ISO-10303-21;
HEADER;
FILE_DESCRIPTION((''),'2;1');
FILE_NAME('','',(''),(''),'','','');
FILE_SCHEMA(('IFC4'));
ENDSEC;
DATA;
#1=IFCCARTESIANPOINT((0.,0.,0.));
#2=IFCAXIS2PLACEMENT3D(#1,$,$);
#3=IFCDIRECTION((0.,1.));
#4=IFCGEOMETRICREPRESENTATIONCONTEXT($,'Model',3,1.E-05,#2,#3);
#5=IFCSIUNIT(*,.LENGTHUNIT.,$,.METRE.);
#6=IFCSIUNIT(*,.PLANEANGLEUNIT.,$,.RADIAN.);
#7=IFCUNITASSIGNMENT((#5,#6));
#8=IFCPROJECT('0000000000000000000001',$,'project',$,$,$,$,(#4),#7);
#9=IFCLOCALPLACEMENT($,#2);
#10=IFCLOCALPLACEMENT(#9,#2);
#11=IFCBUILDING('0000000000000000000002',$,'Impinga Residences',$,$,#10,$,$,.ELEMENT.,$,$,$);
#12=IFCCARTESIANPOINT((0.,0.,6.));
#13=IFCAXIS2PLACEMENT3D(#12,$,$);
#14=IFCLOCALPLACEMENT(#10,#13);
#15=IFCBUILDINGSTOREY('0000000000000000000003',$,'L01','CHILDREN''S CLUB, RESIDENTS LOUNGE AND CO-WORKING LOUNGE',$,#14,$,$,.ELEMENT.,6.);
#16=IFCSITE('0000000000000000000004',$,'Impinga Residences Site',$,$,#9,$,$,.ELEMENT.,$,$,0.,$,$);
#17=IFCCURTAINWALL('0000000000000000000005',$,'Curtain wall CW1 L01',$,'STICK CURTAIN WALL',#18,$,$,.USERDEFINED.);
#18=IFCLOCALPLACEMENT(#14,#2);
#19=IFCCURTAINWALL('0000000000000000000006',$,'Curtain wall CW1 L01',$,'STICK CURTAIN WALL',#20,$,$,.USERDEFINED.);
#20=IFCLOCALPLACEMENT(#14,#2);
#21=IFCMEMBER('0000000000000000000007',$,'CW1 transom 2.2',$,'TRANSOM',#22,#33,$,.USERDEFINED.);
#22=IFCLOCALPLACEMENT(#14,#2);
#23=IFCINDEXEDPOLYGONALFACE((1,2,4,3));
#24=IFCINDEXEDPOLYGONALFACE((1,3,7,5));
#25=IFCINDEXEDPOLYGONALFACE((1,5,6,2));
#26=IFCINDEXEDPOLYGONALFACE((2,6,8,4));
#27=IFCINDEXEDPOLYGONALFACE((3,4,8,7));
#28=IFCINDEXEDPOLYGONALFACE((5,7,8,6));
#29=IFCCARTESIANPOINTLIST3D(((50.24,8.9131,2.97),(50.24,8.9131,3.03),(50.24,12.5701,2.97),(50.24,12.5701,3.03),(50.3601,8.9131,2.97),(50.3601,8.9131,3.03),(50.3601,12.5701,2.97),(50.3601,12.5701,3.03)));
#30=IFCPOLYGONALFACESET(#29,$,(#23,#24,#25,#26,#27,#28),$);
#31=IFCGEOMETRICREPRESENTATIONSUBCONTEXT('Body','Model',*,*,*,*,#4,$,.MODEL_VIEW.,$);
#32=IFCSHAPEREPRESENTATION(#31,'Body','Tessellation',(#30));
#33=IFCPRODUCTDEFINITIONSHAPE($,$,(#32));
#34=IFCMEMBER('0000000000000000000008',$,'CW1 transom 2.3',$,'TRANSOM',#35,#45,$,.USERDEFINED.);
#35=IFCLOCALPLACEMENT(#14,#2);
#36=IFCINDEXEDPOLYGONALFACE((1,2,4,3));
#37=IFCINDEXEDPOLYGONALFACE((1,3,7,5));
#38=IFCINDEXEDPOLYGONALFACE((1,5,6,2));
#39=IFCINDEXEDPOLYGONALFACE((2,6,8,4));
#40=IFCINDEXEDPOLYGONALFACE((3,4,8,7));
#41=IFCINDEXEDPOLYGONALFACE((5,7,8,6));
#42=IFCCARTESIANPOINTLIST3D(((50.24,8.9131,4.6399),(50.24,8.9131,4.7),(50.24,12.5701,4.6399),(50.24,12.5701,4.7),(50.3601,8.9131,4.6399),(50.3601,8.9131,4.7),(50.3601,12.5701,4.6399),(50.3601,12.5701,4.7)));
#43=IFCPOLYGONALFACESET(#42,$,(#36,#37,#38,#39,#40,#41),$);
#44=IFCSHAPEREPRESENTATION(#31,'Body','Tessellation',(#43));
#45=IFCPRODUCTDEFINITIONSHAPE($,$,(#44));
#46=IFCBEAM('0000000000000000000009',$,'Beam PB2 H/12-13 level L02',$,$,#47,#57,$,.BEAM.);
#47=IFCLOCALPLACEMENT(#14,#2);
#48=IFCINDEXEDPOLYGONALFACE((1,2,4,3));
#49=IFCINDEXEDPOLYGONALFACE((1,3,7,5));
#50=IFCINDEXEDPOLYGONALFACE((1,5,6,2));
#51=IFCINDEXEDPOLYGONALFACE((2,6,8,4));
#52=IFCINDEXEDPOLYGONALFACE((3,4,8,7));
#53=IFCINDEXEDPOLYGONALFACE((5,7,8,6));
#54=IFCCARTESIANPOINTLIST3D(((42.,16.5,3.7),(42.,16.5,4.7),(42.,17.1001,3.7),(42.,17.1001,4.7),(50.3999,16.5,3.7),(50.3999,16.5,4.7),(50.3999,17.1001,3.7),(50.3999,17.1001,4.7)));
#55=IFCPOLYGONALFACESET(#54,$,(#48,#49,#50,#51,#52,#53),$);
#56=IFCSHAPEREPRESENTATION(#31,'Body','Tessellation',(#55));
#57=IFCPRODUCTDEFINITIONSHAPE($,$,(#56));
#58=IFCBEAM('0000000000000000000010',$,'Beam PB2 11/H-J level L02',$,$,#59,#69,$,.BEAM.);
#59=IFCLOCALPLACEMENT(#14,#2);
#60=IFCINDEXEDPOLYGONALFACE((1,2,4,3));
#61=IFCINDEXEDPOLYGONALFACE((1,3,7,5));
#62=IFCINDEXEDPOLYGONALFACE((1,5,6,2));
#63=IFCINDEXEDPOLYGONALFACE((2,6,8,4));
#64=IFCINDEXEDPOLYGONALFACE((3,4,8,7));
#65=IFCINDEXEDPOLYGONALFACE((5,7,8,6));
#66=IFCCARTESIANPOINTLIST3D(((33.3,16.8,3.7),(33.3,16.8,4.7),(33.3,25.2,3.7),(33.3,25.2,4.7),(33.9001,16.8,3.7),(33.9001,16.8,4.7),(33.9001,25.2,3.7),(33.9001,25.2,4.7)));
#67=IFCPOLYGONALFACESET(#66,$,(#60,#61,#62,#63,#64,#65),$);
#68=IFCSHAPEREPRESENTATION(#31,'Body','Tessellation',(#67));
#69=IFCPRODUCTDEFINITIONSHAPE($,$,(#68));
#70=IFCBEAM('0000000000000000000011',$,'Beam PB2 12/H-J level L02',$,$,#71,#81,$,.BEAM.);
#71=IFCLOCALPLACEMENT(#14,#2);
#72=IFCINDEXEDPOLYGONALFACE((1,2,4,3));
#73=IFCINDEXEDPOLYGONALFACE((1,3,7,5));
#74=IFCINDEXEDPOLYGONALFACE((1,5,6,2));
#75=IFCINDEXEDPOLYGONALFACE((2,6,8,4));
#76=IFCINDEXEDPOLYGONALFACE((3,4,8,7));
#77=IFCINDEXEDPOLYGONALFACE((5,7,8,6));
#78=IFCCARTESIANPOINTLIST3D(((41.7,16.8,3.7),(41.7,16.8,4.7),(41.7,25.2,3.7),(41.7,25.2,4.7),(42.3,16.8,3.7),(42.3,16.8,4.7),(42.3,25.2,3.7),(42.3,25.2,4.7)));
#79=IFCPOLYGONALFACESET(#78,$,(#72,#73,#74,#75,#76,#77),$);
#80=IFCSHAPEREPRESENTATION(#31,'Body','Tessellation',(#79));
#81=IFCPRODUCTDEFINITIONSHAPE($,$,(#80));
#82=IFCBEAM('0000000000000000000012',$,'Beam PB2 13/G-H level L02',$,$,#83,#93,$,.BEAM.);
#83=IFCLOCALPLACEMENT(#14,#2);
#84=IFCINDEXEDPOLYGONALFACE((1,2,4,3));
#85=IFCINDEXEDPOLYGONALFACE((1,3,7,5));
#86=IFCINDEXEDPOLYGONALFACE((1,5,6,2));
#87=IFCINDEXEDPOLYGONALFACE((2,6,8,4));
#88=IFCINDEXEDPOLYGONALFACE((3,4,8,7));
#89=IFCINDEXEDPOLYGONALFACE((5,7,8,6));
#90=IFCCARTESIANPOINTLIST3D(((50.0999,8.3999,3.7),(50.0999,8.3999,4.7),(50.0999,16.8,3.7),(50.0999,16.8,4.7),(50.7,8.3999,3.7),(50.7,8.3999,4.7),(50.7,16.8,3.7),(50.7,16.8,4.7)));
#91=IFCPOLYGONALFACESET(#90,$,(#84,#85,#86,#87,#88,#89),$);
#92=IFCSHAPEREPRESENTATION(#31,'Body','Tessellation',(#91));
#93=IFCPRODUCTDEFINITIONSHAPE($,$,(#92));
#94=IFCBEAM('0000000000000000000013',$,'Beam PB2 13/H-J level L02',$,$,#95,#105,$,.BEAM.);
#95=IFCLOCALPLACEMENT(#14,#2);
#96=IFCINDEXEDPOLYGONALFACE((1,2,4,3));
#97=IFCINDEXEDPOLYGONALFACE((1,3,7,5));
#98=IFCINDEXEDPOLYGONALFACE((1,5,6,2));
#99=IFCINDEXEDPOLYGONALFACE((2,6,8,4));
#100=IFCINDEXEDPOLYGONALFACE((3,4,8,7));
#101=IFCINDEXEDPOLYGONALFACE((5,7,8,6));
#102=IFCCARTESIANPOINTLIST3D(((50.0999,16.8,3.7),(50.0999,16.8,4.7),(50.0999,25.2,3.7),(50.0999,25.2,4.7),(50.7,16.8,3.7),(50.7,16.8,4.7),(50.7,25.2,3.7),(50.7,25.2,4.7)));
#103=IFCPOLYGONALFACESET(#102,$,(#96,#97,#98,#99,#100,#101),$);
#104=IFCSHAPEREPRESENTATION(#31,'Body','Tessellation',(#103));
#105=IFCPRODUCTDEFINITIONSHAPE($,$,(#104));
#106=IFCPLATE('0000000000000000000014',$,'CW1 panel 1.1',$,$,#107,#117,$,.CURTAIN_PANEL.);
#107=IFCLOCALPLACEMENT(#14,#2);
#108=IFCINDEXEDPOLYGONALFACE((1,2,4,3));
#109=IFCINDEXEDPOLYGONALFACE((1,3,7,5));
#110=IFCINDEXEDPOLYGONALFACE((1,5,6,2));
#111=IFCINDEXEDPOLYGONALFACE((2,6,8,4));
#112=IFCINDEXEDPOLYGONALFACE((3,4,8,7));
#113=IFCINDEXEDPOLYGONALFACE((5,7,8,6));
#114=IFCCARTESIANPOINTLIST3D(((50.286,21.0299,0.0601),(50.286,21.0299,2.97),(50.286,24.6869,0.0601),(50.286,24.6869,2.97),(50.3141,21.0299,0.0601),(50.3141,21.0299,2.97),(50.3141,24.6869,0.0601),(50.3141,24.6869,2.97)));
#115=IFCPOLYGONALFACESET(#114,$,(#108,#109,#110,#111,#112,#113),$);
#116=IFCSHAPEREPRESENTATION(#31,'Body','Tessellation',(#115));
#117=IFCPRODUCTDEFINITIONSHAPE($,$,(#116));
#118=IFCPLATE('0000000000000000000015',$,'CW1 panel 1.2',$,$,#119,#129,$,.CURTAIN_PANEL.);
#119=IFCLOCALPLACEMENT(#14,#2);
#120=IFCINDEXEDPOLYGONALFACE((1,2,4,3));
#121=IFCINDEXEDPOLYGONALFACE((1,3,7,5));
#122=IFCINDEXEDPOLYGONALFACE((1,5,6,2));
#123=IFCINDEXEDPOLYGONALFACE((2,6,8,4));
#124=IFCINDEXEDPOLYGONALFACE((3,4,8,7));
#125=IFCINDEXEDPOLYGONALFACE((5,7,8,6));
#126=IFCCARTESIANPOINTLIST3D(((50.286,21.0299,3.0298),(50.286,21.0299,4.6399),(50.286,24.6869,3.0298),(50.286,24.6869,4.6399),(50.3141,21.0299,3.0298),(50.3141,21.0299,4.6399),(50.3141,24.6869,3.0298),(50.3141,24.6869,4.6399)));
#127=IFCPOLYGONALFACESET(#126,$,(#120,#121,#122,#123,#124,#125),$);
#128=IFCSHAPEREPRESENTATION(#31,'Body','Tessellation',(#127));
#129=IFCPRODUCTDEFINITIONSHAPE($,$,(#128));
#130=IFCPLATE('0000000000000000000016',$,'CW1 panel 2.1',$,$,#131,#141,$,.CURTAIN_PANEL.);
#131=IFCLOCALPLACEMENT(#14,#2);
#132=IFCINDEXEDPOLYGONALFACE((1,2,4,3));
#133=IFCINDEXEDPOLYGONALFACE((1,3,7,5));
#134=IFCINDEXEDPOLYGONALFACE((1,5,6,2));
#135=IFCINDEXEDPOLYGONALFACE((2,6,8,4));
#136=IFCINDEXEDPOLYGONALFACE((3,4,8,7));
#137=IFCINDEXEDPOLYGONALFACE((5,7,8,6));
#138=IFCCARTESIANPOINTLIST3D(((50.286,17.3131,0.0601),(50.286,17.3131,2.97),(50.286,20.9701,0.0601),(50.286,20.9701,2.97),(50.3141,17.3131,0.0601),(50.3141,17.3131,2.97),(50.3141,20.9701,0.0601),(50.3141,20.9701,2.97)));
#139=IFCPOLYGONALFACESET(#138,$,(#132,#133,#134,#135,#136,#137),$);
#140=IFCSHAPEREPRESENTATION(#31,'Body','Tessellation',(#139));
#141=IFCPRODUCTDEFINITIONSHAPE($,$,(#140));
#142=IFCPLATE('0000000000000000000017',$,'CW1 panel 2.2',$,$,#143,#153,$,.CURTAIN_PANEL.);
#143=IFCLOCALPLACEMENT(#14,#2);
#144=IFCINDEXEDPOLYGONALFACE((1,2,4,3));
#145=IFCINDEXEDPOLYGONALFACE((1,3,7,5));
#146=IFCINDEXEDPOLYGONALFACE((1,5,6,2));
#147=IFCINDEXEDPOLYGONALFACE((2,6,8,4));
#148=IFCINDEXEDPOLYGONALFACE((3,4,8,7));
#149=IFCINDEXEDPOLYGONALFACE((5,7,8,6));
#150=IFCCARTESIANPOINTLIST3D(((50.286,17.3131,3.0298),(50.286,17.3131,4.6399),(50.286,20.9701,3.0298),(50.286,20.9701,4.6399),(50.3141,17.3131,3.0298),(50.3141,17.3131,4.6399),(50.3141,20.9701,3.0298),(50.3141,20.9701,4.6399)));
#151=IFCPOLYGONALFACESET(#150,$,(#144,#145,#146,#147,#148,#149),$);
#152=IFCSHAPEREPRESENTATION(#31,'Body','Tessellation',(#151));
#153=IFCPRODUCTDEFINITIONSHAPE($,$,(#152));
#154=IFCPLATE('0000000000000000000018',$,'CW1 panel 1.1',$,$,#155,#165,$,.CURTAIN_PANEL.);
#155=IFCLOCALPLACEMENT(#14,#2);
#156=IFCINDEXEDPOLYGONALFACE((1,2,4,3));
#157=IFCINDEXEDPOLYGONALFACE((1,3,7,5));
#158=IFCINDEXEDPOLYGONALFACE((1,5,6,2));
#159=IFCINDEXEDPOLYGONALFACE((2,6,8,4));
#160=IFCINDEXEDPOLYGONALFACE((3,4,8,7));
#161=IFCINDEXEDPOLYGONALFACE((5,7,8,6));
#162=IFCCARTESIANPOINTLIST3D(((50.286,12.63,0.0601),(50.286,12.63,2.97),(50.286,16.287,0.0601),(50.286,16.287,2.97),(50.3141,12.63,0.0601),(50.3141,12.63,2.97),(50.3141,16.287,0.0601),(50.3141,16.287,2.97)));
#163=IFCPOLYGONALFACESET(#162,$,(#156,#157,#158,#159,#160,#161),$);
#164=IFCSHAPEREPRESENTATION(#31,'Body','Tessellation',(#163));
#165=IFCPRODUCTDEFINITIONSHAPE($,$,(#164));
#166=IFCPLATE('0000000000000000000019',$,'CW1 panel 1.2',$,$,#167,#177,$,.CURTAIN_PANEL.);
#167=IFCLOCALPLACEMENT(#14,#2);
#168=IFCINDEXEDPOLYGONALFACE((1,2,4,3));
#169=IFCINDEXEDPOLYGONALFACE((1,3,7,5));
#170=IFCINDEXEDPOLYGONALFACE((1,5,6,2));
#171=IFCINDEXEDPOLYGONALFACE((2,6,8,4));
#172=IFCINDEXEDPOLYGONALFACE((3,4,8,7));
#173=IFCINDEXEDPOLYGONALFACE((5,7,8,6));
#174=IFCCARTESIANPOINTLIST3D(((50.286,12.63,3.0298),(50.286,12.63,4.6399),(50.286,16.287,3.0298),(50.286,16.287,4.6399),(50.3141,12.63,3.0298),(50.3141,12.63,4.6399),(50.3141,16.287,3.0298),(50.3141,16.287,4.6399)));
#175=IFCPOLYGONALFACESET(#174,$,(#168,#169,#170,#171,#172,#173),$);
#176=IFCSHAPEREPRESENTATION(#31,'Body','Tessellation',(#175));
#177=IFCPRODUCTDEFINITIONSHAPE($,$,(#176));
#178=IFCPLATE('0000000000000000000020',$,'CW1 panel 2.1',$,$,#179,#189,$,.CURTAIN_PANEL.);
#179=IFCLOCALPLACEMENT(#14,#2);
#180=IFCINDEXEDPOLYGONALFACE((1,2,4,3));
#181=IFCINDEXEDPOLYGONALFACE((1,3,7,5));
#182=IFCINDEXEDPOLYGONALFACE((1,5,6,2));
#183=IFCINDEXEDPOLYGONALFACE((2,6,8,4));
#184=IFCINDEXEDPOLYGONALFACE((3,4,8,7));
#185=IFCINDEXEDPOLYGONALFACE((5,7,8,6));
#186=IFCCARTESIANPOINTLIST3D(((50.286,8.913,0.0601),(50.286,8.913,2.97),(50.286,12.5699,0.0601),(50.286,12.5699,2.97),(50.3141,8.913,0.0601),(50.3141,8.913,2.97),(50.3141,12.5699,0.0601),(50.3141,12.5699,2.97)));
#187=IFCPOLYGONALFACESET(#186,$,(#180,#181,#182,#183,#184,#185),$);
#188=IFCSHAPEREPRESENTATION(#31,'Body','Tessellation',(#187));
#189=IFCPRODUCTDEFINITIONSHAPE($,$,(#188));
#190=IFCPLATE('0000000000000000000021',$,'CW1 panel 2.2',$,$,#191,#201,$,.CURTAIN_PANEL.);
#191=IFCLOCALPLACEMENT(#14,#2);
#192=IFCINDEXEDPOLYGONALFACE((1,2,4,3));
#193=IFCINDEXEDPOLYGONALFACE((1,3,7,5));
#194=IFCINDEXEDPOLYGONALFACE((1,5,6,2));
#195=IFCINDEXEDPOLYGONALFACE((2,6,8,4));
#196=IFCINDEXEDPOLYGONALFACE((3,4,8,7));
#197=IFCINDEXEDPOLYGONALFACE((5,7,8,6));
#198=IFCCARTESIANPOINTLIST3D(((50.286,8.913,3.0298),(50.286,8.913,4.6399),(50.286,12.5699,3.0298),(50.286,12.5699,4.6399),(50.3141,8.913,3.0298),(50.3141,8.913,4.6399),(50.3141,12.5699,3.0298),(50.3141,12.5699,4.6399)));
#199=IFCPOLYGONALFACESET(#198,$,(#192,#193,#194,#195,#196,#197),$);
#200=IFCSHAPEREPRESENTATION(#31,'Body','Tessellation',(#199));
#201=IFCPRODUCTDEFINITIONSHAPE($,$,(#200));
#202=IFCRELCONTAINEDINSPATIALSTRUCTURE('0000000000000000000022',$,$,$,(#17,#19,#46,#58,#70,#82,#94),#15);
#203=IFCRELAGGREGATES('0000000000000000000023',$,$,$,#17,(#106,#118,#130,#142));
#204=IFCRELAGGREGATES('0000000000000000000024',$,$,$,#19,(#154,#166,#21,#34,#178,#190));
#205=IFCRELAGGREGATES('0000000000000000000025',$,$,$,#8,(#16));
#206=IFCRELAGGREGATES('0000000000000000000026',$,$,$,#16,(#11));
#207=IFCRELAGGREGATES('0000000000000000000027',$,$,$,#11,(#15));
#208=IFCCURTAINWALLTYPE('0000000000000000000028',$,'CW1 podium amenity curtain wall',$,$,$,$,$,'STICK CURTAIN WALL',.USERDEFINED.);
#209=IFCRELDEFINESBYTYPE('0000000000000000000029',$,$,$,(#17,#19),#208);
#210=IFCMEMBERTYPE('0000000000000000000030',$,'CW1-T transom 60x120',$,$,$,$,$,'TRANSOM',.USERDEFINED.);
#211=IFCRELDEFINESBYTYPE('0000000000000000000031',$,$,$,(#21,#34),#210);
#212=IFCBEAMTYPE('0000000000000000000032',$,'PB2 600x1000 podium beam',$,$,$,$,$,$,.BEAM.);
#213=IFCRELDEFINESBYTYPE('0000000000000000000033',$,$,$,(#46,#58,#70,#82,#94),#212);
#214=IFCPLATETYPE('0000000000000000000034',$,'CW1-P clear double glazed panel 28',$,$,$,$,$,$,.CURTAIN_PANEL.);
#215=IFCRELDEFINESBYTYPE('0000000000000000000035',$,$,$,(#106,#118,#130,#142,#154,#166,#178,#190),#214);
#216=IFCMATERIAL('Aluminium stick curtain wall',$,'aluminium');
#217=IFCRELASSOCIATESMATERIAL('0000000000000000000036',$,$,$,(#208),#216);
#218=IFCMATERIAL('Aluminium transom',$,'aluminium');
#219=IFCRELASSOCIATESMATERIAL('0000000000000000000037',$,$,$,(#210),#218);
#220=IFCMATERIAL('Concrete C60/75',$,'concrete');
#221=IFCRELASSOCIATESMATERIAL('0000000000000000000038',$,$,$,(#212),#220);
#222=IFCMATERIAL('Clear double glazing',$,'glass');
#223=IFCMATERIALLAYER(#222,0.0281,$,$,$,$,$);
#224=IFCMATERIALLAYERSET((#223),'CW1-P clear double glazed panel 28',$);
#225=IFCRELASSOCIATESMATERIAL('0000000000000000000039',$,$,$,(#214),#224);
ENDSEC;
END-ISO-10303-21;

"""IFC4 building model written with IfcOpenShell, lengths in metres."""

from ifc_helpers import new_model, si_unit, direction, frame, origin, origin_2d, place, context, subcontext, project, spatial, rectangle, extrude, material, layer, layer_set, material_profile, profile_set, type_object, element, aggregate, save


model = new_model("IFC4")

# Units and contexts
model_context = context("Model", 3, precision=1e-05, world=origin(), true_north=direction((0.0, 1.0)))
body_context = subcontext(model_context, "Body", "Model", "MODEL_VIEW")
ifc_project = project(units=[si_unit("LENGTHUNIT", "METRE"), si_unit("PLANEANGLEUNIT", "RADIAN")], contexts=[model_context])

# Site, building, storey
site_placement = place(None, origin())
site = spatial("IfcSite", under=ifc_project, at=site_placement, Name="Impinga Residences Site", CompositionType="ELEMENT", RefElevation=0.0)
building_placement = place(site_placement, origin())
building = spatial("IfcBuilding", under=site, at=building_placement, Name="Impinga Residences", CompositionType="ELEMENT")
storey_placement = place(building_placement, frame((0.0, 0.0, 6.0)))
storey = spatial("IfcBuildingStorey", under=building, at=storey_placement, Name="L01", Description="CHILDREN'S CLUB, RESIDENTS LOUNGE AND CO-WORKING LOUNGE", CompositionType="ELEMENT", Elevation=6.0)

# Curtain walls
ifc_material_1 = material(Name="Aluminium stick curtain wall", Category="aluminium")
curtain_wall_type = type_object("IfcCurtainWallType", Name="CW1 podium amenity curtain wall", ElementType="STICK CURTAIN WALL", PredefinedType="USERDEFINED", material=ifc_material_1)
curtain_wall_1_placement = place(storey_placement, origin())
curtain_wall_1 = element("IfcCurtainWall", 1, at=curtain_wall_1_placement, inside=storey, type_object=curtain_wall_type, Name="Curtain wall CW1 L01", ObjectType="STICK CURTAIN WALL", PredefinedType="USERDEFINED")
curtain_wall_2_placement = place(storey_placement, origin())
curtain_wall_2 = element("IfcCurtainWall", 2, at=curtain_wall_2_placement, inside=storey, type_object=curtain_wall_type, Name="Curtain wall CW1 L01", ObjectType="STICK CURTAIN WALL", PredefinedType="USERDEFINED")

# Members
ifc_material_2 = material(Name="Aluminium transom", Category="aluminium")
ifc_material_profile_1 = material_profile(ifc_material_2, rectangle(XDim=0.0601, YDim=0.1201, at=origin_2d()), Name="60x120 transom")
ifc_profile_set_1 = profile_set([ifc_material_profile_1], Name="Aluminium transom")
member_type_1 = type_object("IfcMemberType", Name="CW1-T transom 60x120", ElementType="TRANSOM", PredefinedType="USERDEFINED", material=ifc_profile_set_1)
member_1_placement = place(storey_placement, frame((50.3, 12.5701, 3.0), z_axis=(0.0, -1.0, 0.0), x_axis=(0.0, 0.0, 1.0)))
member_1 = element("IfcMember", 3, at=member_1_placement, type_object=member_type_1, Name="CW1 transom 2.2", ObjectType="TRANSOM", PredefinedType="USERDEFINED", context=body_context, shape_type="SweptSolid", body=[
    extrude(rectangle(XDim=0.0601, YDim=0.1201, at=origin_2d()), origin(), (0.0, 0.0, 1.0), 3.657),
])
member_2_placement = place(storey_placement, frame((50.3, 12.5701, 4.6699), z_axis=(0.0, -1.0, 0.0), x_axis=(0.0, 0.0, 1.0)))
member_2 = element("IfcMember", 4, at=member_2_placement, type_object=member_type_1, Name="CW1 transom 2.3", ObjectType="TRANSOM", PredefinedType="USERDEFINED", context=body_context, shape_type="SweptSolid", body=[
    extrude(rectangle(XDim=0.0601, YDim=0.1201, at=origin_2d()), origin(), (0.0, 0.0, 1.0), 3.657),
])

# Beams
ifc_material_3 = material(Name="Concrete C60/75", Category="concrete")
ifc_material_profile_2 = material_profile(ifc_material_3, rectangle(XDim=0.6001, YDim=1.0, at=origin_2d()), Name="RC 600x1000")
ifc_profile_set_2 = profile_set([ifc_material_profile_2], Name="Concrete C60/75")
beam_type = type_object("IfcBeamType", Name="PB2 600x1000 podium beam", PredefinedType="BEAM", material=ifc_profile_set_2)
for number, where, z_axis, x_axis, name in (
    (5, (42.0, 16.8, 4.2), (1.0, 0.0, 0.0), (0.0, 1.0, 0.0), "Beam PB2 H/12-13 level L02"),
    (6, (33.6001, 16.8, 4.2), (0.0, 1.0, 0.0), (-1.0, 0.0, 0.0), "Beam PB2 11/H-J level L02"),
    (7, (42.0, 16.8, 4.2), (0.0, 1.0, 0.0), (-1.0, 0.0, 0.0), "Beam PB2 12/H-J level L02"),
):
    element("IfcBeam", number, at=place(storey_placement, frame(where, z_axis=z_axis, x_axis=x_axis)), inside=storey, type_object=beam_type, Name=name, PredefinedType="BEAM", context=body_context, shape_type="SweptSolid", body=[
        extrude(rectangle(XDim=0.6001, YDim=1.0, at=origin_2d()), origin(), (0.0, 0.0, 1.0), 8.3999),
    ])
beam_1_placement = place(storey_placement, frame((50.3999, 8.3999, 4.2), z_axis=(0.0, 1.0, 0.0), x_axis=(-1.0, 0.0, 0.0)))
element("IfcBeam", 8, at=beam_1_placement, inside=storey, type_object=beam_type, Name="Beam PB2 13/G-H level L02", PredefinedType="BEAM", context=body_context, shape_type="SweptSolid", body=[
    extrude(rectangle(XDim=0.6001, YDim=1.0, at=origin_2d()), origin(), (0.0, 0.0, 1.0), 8.4001),
])
beam_2_placement = place(storey_placement, frame((50.3999, 16.8, 4.2), z_axis=(0.0, 1.0, 0.0), x_axis=(-1.0, 0.0, 0.0)))
element("IfcBeam", 9, at=beam_2_placement, inside=storey, type_object=beam_type, Name="Beam PB2 13/H-J level L02", PredefinedType="BEAM", context=body_context, shape_type="SweptSolid", body=[
    extrude(rectangle(XDim=0.6001, YDim=1.0, at=origin_2d()), origin(), (0.0, 0.0, 1.0), 8.3999),
])

# Plates
ifc_material_4 = material(Name="Clear double glazing", Category="glass")
ifc_layer_1 = layer(ifc_material_4, 0.0281)
ifc_layer_set_1 = layer_set([ifc_layer_1], Name="CW1-P clear double glazed panel 28")
plate_type = type_object("IfcPlateType", Name="CW1-P clear double glazed panel 28", PredefinedType="CURTAIN_PANEL", material=ifc_layer_set_1)
plate_1_placement = place(storey_placement, frame((50.3, 22.8584, 0.0601), z_axis=(0.0, 0.0, 1.0), x_axis=(0.0, -1.0, 0.0)))
plate_1 = element("IfcPlate", 10, at=plate_1_placement, type_object=plate_type, Name="CW1 panel 1.1", PredefinedType="CURTAIN_PANEL", context=body_context, shape_type="SweptSolid", body=[
    extrude(rectangle(XDim=3.657, YDim=0.0281, at=origin_2d()), origin(), (0.0, 0.0, 1.0), 2.9099),
])
plate_2_placement = place(storey_placement, frame((50.3, 22.8584, 3.0298), z_axis=(0.0, 0.0, 1.0), x_axis=(0.0, -1.0, 0.0)))
plate_2 = element("IfcPlate", 11, at=plate_2_placement, type_object=plate_type, Name="CW1 panel 1.2", PredefinedType="CURTAIN_PANEL", context=body_context, shape_type="SweptSolid", body=[
    extrude(rectangle(XDim=3.657, YDim=0.0281, at=origin_2d()), origin(), (0.0, 0.0, 1.0), 1.6101),
])
plate_3_placement = place(storey_placement, frame((50.3, 19.1416, 0.0601), z_axis=(0.0, 0.0, 1.0), x_axis=(0.0, -1.0, 0.0)))
plate_3 = element("IfcPlate", 12, at=plate_3_placement, type_object=plate_type, Name="CW1 panel 2.1", PredefinedType="CURTAIN_PANEL", context=body_context, shape_type="SweptSolid", body=[
    extrude(rectangle(XDim=3.657, YDim=0.0281, at=origin_2d()), origin(), (0.0, 0.0, 1.0), 2.9099),
])
plate_4_placement = place(storey_placement, frame((50.3, 19.1416, 3.0298), z_axis=(0.0, 0.0, 1.0), x_axis=(0.0, -1.0, 0.0)))
plate_4 = element("IfcPlate", 13, at=plate_4_placement, type_object=plate_type, Name="CW1 panel 2.2", PredefinedType="CURTAIN_PANEL", context=body_context, shape_type="SweptSolid", body=[
    extrude(rectangle(XDim=3.657, YDim=0.0281, at=origin_2d()), origin(), (0.0, 0.0, 1.0), 1.6101),
])
aggregate(curtain_wall_1, [plate_1, plate_2, plate_3, plate_4])
plate_5_placement = place(storey_placement, frame((50.3, 14.4585, 0.0601), z_axis=(0.0, 0.0, 1.0), x_axis=(0.0, -1.0, 0.0)))
plate_5 = element("IfcPlate", 14, at=plate_5_placement, type_object=plate_type, Name="CW1 panel 1.1", PredefinedType="CURTAIN_PANEL", context=body_context, shape_type="SweptSolid", body=[
    extrude(rectangle(XDim=3.657, YDim=0.0281, at=origin_2d()), origin(), (0.0, 0.0, 1.0), 2.9099),
])
plate_6_placement = place(storey_placement, frame((50.3, 14.4585, 3.0298), z_axis=(0.0, 0.0, 1.0), x_axis=(0.0, -1.0, 0.0)))
plate_6 = element("IfcPlate", 15, at=plate_6_placement, type_object=plate_type, Name="CW1 panel 1.2", PredefinedType="CURTAIN_PANEL", context=body_context, shape_type="SweptSolid", body=[
    extrude(rectangle(XDim=3.657, YDim=0.0281, at=origin_2d()), origin(), (0.0, 0.0, 1.0), 1.6101),
])
plate_7_placement = place(storey_placement, frame((50.3, 10.7415, 0.0601), z_axis=(0.0, 0.0, 1.0), x_axis=(0.0, -1.0, 0.0)))
plate_7 = element("IfcPlate", 16, at=plate_7_placement, type_object=plate_type, Name="CW1 panel 2.1", PredefinedType="CURTAIN_PANEL", context=body_context, shape_type="SweptSolid", body=[
    extrude(rectangle(XDim=3.657, YDim=0.0281, at=origin_2d()), origin(), (0.0, 0.0, 1.0), 2.9099),
])
plate_8_placement = place(storey_placement, frame((50.3, 10.7415, 3.0298), z_axis=(0.0, 0.0, 1.0), x_axis=(0.0, -1.0, 0.0)))
plate_8 = element("IfcPlate", 17, at=plate_8_placement, type_object=plate_type, Name="CW1 panel 2.2", PredefinedType="CURTAIN_PANEL", context=body_context, shape_type="SweptSolid", body=[
    extrude(rectangle(XDim=3.657, YDim=0.0281, at=origin_2d()), origin(), (0.0, 0.0, 1.0), 1.6101),
])
aggregate(curtain_wall_2, [plate_5, plate_6, member_1, member_2, plate_7, plate_8])

save(model, "model.ifc")
